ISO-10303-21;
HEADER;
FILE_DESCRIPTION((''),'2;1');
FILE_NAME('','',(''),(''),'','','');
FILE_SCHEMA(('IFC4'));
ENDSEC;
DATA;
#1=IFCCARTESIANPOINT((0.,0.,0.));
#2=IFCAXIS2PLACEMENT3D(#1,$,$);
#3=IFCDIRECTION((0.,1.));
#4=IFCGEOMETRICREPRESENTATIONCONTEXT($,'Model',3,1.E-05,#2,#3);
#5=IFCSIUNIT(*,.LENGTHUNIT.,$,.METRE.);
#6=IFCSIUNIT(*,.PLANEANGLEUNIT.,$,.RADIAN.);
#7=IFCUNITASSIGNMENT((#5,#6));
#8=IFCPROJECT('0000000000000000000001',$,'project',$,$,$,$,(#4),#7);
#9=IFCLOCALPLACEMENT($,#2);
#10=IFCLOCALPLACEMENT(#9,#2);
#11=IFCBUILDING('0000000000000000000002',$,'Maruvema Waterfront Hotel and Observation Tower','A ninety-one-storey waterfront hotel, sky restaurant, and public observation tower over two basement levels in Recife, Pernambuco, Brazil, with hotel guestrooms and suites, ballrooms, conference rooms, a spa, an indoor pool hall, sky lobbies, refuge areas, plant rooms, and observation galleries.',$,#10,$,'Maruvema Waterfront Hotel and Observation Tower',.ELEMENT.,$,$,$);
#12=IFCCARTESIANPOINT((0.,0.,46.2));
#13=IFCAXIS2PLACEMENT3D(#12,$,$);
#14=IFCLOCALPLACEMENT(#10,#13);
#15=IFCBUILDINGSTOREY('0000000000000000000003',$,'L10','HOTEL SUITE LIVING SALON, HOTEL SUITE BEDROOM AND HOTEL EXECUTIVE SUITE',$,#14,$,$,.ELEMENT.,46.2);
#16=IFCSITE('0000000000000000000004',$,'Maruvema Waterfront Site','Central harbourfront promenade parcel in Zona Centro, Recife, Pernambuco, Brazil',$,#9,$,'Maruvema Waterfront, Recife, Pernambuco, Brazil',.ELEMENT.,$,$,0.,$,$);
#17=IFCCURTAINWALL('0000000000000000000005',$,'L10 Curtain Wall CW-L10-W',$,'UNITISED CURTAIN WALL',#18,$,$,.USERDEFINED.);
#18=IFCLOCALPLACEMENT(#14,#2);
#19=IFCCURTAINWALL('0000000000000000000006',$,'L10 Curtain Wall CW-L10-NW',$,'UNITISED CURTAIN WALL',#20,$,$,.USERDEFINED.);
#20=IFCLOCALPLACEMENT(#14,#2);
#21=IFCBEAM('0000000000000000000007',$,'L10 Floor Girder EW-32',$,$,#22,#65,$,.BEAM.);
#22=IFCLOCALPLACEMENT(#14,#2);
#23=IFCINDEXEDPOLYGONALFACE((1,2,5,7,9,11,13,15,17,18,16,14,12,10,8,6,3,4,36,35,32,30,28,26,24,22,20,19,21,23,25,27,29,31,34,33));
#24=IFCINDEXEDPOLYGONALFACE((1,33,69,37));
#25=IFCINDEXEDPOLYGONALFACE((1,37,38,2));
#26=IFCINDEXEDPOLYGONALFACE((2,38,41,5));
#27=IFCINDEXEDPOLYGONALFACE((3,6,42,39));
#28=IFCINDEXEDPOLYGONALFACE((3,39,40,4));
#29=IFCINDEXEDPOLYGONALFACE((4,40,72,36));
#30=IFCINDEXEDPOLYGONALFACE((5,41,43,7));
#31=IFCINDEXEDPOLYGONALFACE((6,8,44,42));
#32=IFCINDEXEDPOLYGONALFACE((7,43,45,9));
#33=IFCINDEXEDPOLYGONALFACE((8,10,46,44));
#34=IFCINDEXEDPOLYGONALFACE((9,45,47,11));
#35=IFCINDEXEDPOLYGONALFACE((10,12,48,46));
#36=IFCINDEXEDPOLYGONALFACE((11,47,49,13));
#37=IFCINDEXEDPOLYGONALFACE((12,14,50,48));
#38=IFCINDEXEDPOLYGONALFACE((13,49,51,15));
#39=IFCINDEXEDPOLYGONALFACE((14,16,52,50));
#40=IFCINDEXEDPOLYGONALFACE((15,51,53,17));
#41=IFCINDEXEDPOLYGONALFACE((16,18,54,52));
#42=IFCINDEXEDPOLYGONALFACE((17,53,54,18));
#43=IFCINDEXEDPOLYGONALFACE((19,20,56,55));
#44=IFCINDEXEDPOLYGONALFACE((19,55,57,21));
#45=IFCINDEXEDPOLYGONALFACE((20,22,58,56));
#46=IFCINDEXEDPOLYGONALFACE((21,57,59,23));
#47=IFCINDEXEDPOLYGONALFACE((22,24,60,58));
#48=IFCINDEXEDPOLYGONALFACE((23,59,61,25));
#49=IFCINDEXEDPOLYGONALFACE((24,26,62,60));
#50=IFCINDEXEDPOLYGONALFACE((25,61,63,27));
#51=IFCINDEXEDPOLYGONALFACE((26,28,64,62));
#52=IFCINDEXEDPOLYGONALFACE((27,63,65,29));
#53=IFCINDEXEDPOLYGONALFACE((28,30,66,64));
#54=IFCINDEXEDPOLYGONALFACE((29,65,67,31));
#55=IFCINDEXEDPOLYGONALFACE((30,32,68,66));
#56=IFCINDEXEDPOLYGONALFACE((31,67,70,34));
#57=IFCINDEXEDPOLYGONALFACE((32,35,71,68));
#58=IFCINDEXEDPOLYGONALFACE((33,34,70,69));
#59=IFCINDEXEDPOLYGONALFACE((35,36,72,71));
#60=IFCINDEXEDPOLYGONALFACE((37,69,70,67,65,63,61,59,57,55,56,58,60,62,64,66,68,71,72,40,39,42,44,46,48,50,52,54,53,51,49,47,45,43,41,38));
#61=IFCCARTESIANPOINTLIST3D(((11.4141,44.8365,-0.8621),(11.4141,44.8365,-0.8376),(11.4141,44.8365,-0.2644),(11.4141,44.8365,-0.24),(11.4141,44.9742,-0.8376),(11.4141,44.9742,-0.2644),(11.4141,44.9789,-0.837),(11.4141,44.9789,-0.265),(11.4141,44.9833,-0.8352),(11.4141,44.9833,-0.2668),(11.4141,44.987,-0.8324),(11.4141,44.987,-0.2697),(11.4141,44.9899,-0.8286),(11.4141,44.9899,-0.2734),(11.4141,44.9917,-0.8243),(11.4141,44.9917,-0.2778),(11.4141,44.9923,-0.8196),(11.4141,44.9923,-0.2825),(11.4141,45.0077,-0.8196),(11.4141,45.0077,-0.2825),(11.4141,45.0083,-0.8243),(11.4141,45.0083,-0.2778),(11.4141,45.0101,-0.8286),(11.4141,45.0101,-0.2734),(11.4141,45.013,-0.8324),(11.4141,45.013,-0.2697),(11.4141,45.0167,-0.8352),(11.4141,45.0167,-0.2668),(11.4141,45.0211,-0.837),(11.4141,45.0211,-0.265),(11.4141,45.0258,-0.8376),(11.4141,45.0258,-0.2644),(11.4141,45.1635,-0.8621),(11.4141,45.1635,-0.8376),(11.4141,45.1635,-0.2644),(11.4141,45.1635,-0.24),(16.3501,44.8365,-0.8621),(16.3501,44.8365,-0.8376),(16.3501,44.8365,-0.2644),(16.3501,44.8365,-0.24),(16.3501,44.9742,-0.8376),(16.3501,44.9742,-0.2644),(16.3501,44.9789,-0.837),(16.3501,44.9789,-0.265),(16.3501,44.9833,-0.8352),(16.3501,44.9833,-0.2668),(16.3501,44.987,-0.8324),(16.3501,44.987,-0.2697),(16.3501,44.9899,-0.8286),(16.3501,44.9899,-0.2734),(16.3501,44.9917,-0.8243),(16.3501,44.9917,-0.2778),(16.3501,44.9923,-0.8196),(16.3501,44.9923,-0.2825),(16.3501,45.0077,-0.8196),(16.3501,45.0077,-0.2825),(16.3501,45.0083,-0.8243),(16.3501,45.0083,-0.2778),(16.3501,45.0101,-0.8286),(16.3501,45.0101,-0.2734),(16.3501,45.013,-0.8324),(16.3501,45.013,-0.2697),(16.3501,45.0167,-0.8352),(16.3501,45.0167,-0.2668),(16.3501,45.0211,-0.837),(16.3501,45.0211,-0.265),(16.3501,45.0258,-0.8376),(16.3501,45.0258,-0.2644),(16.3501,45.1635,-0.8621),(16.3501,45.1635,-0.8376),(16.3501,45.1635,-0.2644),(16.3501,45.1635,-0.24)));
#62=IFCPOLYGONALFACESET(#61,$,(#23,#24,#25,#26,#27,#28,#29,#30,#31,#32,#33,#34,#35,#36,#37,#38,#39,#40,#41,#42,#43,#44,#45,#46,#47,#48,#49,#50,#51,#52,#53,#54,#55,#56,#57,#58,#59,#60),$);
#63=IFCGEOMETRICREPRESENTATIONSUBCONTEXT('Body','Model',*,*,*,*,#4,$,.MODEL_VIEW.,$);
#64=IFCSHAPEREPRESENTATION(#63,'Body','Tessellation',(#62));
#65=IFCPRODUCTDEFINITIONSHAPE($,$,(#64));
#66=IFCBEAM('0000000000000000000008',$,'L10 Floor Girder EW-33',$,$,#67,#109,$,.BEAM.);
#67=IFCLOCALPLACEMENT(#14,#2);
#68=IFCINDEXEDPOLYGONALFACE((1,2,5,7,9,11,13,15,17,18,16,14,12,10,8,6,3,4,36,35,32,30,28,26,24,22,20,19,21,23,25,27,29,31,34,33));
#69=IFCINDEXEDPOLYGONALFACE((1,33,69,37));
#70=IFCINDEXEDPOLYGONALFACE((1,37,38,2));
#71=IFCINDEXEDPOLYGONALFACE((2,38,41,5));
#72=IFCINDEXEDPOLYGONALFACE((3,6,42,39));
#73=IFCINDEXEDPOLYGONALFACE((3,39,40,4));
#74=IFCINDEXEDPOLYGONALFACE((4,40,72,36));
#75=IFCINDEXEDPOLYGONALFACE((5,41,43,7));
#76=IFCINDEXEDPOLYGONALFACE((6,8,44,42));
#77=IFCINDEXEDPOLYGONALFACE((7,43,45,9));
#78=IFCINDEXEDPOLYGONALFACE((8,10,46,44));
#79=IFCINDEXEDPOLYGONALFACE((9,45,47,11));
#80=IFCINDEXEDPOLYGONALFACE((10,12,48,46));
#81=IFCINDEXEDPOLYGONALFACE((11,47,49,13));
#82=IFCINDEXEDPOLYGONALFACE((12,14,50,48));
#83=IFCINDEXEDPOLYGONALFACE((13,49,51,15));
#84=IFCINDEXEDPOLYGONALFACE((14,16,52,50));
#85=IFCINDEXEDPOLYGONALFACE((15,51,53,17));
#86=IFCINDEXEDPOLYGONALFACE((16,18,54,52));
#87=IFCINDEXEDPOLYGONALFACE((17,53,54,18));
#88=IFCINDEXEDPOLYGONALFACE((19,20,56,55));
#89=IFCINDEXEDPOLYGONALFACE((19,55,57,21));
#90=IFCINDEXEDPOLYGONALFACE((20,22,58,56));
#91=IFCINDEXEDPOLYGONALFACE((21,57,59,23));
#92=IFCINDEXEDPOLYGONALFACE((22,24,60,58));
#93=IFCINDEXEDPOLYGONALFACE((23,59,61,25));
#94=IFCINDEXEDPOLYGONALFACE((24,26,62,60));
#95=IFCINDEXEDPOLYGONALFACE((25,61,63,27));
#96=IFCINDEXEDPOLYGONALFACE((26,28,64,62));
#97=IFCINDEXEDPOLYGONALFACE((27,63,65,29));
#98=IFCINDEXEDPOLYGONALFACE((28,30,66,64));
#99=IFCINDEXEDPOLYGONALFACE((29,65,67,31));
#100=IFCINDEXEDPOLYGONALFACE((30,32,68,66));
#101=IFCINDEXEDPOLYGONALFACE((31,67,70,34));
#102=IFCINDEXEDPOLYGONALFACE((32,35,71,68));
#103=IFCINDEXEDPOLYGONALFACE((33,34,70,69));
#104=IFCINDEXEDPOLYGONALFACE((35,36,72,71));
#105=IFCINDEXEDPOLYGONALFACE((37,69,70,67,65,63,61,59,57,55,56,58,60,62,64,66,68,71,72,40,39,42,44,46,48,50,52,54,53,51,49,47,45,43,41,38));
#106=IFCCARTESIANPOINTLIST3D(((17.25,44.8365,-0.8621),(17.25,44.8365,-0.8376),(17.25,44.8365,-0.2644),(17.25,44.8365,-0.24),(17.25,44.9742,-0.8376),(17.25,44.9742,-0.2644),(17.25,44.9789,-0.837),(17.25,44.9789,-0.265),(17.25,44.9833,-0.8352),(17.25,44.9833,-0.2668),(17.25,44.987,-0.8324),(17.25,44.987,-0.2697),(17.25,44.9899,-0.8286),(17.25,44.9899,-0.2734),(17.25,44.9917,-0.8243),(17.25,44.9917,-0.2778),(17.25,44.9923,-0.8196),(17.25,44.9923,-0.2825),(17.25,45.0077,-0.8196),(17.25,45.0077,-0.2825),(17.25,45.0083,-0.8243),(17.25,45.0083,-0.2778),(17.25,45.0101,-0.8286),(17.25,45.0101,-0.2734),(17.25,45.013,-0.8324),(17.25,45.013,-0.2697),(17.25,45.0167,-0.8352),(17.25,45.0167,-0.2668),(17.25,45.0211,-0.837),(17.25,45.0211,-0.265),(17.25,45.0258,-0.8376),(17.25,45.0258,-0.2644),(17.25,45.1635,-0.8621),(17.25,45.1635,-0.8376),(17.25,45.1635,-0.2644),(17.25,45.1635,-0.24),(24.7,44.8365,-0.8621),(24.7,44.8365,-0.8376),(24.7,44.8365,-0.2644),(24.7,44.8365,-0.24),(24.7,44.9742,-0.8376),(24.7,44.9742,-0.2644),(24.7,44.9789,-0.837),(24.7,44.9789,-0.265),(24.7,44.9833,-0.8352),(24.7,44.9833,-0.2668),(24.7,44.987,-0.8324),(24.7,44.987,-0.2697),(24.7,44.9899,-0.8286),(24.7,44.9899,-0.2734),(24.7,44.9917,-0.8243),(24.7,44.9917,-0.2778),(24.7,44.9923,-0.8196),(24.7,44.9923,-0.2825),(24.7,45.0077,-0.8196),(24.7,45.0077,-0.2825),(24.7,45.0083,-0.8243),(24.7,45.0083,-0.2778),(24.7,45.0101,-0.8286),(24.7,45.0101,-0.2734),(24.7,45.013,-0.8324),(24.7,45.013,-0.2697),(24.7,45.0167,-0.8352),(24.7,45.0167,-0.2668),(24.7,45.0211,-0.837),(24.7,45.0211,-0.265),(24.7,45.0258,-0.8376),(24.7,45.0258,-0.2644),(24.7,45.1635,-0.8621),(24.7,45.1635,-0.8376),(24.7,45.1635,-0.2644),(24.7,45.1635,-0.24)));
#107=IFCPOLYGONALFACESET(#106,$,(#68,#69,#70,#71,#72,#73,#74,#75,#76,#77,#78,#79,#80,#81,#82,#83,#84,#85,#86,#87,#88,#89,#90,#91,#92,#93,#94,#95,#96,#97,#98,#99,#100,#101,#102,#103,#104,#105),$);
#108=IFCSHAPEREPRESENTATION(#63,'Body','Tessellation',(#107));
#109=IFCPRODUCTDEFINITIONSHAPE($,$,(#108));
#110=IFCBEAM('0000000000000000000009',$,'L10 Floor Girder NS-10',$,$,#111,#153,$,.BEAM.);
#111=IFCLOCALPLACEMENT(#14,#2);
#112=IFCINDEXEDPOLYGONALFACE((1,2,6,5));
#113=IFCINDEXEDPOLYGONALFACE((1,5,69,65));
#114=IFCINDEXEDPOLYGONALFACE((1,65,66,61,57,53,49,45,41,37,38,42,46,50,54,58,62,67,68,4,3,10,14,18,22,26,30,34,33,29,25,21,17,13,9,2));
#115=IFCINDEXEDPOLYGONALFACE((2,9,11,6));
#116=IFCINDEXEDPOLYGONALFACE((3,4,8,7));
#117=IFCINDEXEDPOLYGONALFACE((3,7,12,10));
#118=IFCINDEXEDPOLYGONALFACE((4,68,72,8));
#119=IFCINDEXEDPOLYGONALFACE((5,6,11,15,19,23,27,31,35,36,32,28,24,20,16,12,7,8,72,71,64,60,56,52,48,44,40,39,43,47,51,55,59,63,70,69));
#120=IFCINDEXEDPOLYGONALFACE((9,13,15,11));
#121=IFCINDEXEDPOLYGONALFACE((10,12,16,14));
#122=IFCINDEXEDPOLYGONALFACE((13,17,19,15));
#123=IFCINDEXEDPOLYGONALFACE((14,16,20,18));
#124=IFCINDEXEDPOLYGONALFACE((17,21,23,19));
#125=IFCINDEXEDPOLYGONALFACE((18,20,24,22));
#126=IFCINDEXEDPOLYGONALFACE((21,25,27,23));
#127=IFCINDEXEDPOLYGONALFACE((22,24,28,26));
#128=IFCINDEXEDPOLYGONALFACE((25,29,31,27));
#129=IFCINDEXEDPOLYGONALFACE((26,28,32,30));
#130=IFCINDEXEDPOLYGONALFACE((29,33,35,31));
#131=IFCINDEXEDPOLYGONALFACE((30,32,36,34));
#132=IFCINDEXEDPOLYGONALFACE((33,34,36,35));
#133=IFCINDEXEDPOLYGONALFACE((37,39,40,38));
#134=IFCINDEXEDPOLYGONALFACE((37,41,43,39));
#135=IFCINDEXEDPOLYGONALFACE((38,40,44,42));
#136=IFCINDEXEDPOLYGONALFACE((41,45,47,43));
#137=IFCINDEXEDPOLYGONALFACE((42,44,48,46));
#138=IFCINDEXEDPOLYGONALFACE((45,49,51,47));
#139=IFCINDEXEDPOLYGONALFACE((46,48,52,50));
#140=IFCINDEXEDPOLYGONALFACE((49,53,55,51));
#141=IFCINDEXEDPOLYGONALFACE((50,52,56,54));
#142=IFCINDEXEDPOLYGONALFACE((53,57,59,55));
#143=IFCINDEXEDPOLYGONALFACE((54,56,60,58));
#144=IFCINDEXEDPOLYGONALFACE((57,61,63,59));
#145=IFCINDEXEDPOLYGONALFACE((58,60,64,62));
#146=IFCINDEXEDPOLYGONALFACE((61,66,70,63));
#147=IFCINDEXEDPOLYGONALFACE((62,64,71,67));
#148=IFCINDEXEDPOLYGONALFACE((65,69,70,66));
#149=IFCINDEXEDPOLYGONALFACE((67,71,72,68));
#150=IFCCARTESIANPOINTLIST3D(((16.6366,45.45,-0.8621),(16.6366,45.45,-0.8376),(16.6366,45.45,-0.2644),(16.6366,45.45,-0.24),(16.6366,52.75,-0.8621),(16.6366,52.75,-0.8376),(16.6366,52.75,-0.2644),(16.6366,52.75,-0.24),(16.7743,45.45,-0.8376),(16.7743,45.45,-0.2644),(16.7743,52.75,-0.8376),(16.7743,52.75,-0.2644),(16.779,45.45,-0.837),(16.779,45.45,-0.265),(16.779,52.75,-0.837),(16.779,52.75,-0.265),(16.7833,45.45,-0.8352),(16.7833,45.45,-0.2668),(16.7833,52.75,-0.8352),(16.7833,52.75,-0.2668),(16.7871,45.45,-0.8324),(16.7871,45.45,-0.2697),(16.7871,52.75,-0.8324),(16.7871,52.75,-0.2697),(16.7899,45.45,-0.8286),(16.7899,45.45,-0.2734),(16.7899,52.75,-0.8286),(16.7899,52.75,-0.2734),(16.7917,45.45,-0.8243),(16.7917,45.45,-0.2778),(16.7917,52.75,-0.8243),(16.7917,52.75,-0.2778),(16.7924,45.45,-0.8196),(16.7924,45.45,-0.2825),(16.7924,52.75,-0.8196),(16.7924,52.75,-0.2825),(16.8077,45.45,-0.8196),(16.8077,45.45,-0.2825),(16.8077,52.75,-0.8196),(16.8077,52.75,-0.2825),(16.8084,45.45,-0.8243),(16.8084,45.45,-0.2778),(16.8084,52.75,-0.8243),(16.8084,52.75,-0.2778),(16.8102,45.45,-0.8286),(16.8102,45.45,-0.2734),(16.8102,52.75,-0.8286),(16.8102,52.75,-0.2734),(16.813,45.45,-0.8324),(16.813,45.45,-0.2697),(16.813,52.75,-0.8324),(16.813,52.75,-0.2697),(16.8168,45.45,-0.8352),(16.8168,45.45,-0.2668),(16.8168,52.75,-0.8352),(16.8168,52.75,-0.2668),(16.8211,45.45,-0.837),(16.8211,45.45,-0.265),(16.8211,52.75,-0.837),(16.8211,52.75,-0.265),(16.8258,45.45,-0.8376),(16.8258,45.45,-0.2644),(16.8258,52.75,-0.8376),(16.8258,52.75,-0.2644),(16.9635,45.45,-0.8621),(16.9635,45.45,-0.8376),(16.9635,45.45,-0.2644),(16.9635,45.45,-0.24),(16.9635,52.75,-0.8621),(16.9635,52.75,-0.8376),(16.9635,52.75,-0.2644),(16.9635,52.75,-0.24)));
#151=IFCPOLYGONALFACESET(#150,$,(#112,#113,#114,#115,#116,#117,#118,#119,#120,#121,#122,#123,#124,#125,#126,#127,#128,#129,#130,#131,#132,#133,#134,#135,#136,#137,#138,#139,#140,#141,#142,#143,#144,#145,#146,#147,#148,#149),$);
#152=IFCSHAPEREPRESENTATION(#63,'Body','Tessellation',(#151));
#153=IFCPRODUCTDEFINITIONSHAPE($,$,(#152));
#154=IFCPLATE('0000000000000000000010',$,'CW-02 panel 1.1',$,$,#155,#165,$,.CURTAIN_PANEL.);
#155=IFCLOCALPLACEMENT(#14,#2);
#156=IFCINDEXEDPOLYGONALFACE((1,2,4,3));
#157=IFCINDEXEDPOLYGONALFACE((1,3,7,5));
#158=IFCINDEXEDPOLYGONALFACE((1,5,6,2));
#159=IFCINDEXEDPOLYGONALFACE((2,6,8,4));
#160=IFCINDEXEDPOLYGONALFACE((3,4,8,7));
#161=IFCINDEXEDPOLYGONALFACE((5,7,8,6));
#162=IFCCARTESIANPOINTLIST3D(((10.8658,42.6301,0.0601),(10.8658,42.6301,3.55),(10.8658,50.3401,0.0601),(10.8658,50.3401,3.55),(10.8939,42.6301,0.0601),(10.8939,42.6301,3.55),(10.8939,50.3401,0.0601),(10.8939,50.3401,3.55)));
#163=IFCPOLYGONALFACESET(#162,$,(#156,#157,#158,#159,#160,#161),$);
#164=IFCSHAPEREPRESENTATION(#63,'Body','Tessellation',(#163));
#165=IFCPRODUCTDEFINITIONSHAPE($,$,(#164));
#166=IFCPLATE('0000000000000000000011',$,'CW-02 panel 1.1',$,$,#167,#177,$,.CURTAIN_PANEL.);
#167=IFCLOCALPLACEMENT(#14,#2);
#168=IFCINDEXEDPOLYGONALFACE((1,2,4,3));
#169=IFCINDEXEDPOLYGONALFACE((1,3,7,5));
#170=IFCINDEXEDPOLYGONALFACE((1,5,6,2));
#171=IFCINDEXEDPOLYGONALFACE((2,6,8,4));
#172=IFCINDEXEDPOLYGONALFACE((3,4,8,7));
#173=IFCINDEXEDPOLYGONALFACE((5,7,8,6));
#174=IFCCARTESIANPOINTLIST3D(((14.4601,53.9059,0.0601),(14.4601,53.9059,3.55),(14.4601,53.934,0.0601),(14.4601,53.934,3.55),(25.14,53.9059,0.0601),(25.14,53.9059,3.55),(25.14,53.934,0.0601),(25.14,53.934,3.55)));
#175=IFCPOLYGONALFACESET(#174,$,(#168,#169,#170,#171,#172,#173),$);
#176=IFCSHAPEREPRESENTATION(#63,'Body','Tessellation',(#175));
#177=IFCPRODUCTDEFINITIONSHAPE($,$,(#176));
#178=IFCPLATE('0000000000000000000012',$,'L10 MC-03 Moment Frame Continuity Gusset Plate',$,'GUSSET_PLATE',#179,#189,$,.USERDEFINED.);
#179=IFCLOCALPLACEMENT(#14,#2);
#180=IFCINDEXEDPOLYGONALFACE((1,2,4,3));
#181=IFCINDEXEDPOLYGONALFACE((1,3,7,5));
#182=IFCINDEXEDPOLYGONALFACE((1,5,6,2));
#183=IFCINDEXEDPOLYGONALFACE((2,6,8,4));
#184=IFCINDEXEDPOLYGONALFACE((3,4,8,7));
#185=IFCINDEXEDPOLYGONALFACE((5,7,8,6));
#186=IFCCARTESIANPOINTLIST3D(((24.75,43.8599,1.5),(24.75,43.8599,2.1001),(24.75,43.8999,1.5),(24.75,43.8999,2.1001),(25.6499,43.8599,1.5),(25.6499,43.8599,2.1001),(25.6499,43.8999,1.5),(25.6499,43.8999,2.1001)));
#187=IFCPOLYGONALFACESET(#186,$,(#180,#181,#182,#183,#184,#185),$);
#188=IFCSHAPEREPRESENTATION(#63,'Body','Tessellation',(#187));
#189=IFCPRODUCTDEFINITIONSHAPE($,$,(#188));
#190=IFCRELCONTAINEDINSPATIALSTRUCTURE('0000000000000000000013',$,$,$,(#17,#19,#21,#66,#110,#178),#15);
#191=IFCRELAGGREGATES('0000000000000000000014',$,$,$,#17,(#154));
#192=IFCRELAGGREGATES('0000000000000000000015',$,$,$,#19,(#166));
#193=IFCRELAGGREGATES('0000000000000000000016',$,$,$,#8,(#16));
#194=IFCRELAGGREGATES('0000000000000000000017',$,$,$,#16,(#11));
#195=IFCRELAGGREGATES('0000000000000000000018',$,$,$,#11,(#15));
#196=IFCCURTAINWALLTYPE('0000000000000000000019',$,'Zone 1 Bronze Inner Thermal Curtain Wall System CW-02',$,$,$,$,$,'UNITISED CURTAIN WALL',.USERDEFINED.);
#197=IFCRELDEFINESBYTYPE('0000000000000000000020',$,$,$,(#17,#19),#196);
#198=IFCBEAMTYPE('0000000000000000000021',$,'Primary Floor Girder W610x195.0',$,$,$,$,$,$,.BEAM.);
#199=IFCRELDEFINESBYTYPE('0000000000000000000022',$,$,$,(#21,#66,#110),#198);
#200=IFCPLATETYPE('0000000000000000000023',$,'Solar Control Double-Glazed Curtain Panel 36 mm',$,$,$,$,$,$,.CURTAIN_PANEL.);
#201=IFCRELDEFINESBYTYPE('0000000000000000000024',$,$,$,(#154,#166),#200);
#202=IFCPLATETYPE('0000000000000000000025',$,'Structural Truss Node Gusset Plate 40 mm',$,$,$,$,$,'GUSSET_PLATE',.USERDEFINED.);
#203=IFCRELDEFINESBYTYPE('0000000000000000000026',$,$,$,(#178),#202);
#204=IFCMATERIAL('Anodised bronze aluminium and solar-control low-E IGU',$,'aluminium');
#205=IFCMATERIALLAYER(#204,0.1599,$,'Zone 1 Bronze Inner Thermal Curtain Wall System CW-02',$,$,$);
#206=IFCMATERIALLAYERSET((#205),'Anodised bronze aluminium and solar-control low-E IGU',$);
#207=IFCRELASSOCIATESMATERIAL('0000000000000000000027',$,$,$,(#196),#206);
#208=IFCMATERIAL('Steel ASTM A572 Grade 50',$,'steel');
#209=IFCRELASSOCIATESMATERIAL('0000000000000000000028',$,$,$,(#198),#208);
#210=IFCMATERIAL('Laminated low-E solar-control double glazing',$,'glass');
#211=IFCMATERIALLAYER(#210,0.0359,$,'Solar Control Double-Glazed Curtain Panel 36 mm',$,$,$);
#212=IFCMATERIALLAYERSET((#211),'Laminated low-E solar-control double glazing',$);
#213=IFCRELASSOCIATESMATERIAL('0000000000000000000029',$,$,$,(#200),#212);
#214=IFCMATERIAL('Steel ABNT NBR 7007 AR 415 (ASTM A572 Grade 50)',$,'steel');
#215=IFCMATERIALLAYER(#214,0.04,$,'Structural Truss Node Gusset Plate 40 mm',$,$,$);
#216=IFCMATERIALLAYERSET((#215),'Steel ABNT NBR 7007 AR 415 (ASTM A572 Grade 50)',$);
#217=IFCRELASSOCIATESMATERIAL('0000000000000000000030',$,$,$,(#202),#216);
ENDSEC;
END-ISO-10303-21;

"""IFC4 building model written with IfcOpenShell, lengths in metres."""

from ifc_helpers import new_model, si_unit, direction, frame, origin, origin_2d, place, context, subcontext, project, spatial, rectangle, i_section, extrude, material, layer, layer_set, material_profile, profile_set, type_object, element, aggregate, save


model = new_model("IFC4")

# Units and contexts
model_context = context("Model", 3, precision=1e-05, world=origin(), true_north=direction((0.0, 1.0)))
body_context = subcontext(model_context, "Body", "Model", "MODEL_VIEW")
ifc_project = project(units=[si_unit("LENGTHUNIT", "METRE"), si_unit("PLANEANGLEUNIT", "RADIAN")], contexts=[model_context])

# Site, building, storey
site_placement = place(None, origin())
site = spatial("IfcSite", under=ifc_project, at=site_placement, Name="Maruvema Waterfront Site", Description="Central harbourfront promenade parcel in Zona Centro, Recife, Pernambuco, Brazil", LongName="Maruvema Waterfront, Recife, Pernambuco, Brazil", CompositionType="ELEMENT", RefElevation=0.0)
building_placement = place(site_placement, origin())
building = spatial("IfcBuilding", under=site, at=building_placement, Name="Maruvema Waterfront Hotel and Observation Tower", Description="A ninety-one-storey waterfront hotel, sky restaurant, and public observation tower over two basement levels in Recife, Pernambuco, Brazil, with hotel guestrooms and suites, ballrooms, conference rooms, a spa, an indoor pool hall, sky lobbies, refuge areas, plant rooms, and observation galleries.", LongName="Maruvema Waterfront Hotel and Observation Tower", CompositionType="ELEMENT")
storey_placement = place(building_placement, frame((0.0, 0.0, 46.2)))
storey = spatial("IfcBuildingStorey", under=building, at=storey_placement, Name="L10", Description="HOTEL SUITE LIVING SALON, HOTEL SUITE BEDROOM AND HOTEL EXECUTIVE SUITE", CompositionType="ELEMENT", Elevation=46.2)

# Curtain walls
ifc_material_1 = material(Name="Anodised bronze aluminium and solar-control low-E IGU", Category="aluminium")
ifc_layer_1 = layer(ifc_material_1, 0.1599, Name="Zone 1 Bronze Inner Thermal Curtain Wall System CW-02")
ifc_layer_set_1 = layer_set([ifc_layer_1], Name="Anodised bronze aluminium and solar-control low-E IGU")
curtain_wall_type = type_object("IfcCurtainWallType", Name="Zone 1 Bronze Inner Thermal Curtain Wall System CW-02", ElementType="UNITISED CURTAIN WALL", PredefinedType="USERDEFINED", material=ifc_layer_set_1)
curtain_wall_1_placement = place(storey_placement, origin())
curtain_wall_1 = element("IfcCurtainWall", 1, at=curtain_wall_1_placement, inside=storey, type_object=curtain_wall_type, Name="L10 Curtain Wall CW-L10-W", ObjectType="UNITISED CURTAIN WALL", PredefinedType="USERDEFINED")
curtain_wall_2_placement = place(storey_placement, origin())
curtain_wall_2 = element("IfcCurtainWall", 2, at=curtain_wall_2_placement, inside=storey, type_object=curtain_wall_type, Name="L10 Curtain Wall CW-L10-NW", ObjectType="UNITISED CURTAIN WALL", PredefinedType="USERDEFINED")

# Beams
ifc_material_2 = material(Name="Steel ASTM A572 Grade 50", Category="steel")
ifc_material_profile_1 = material_profile(ifc_material_2, i_section(OverallWidth=0.3269, OverallDepth=0.6221, WebThickness=0.0154, FlangeThickness=0.0244, FilletRadius=0.0181, at=origin_2d()), Name="W610x195.0")
ifc_profile_set_1 = profile_set([ifc_material_profile_1], Name="Steel ASTM A572 Grade 50")
beam_type = type_object("IfcBeamType", Name="Primary Floor Girder W610x195.0", PredefinedType="BEAM", material=ifc_profile_set_1)
beam_1_placement = place(storey_placement, frame((11.4141, 45.0, -0.551), z_axis=(1.0, 0.0, 0.0), x_axis=(0.0, 1.0, 0.0)))
element("IfcBeam", 3, at=beam_1_placement, inside=storey, type_object=beam_type, Name="L10 Floor Girder EW-32", PredefinedType="BEAM", context=body_context, shape_type="SweptSolid", body=[
    extrude(i_section(OverallWidth=0.3269, OverallDepth=0.6221, WebThickness=0.0154, FlangeThickness=0.0244, FilletRadius=0.0181, at=origin_2d()), origin(), (0.0, 0.0, 1.0), 4.936),
])
beam_2_placement = place(storey_placement, frame((17.25, 45.0, -0.551), z_axis=(1.0, 0.0, 0.0), x_axis=(0.0, 1.0, 0.0)))
element("IfcBeam", 4, at=beam_2_placement, inside=storey, type_object=beam_type, Name="L10 Floor Girder EW-33", PredefinedType="BEAM", context=body_context, shape_type="SweptSolid", body=[
    extrude(i_section(OverallWidth=0.3269, OverallDepth=0.6221, WebThickness=0.0154, FlangeThickness=0.0244, FilletRadius=0.0181, at=origin_2d()), origin(), (0.0, 0.0, 1.0), 7.45),
])
beam_3_placement = place(storey_placement, frame((16.8, 45.45, -0.551), z_axis=(0.0, 1.0, 0.0), x_axis=(-1.0, 0.0, 0.0)))
element("IfcBeam", 5, at=beam_3_placement, inside=storey, type_object=beam_type, Name="L10 Floor Girder NS-10", PredefinedType="BEAM", context=body_context, shape_type="SweptSolid", body=[
    extrude(i_section(OverallWidth=0.3269, OverallDepth=0.6221, WebThickness=0.0154, FlangeThickness=0.0244, FilletRadius=0.0181, at=origin_2d()), origin(), (0.0, 0.0, 1.0), 7.3),
])

# Plates
ifc_material_3 = material(Name="Laminated low-E solar-control double glazing", Category="glass")
ifc_layer_2 = layer(ifc_material_3, 0.0359, Name="Solar Control Double-Glazed Curtain Panel 36 mm")
ifc_layer_set_2 = layer_set([ifc_layer_2], Name="Laminated low-E solar-control double glazing")
plate_type_1 = type_object("IfcPlateType", Name="Solar Control Double-Glazed Curtain Panel 36 mm", PredefinedType="CURTAIN_PANEL", material=ifc_layer_set_2)
plate_1_placement = place(storey_placement, frame((10.8799, 46.4851, 0.0601), z_axis=(0.0, 0.0, 1.0), x_axis=(0.0, -1.0, 0.0)))
plate_1 = element("IfcPlate", 6, at=plate_1_placement, type_object=plate_type_1, Name="CW-02 panel 1.1", PredefinedType="CURTAIN_PANEL", context=body_context, shape_type="SweptSolid", body=[
    extrude(rectangle(XDim=7.71, YDim=0.0281, at=origin_2d()), origin(), (0.0, 0.0, 1.0), 3.49),
])
aggregate(curtain_wall_1, [plate_1])
plate_2_placement = place(storey_placement, frame((19.8, 53.9199, 0.0601), z_axis=(0.0, 0.0, 1.0), x_axis=(-1.0, 0.0, 0.0)))
plate_2 = element("IfcPlate", 7, at=plate_2_placement, type_object=plate_type_1, Name="CW-02 panel 1.1", PredefinedType="CURTAIN_PANEL", context=body_context, shape_type="SweptSolid", body=[
    extrude(rectangle(XDim=10.6799, YDim=0.0281, at=origin_2d()), origin(), (0.0, 0.0, 1.0), 3.49),
])
aggregate(curtain_wall_2, [plate_2])
ifc_material_4 = material(Name="Steel ABNT NBR 7007 AR 415 (ASTM A572 Grade 50)", Category="steel")
ifc_layer_3 = layer(ifc_material_4, 0.04, Name="Structural Truss Node Gusset Plate 40 mm")
ifc_layer_set_3 = layer_set([ifc_layer_3], Name="Steel ABNT NBR 7007 AR 415 (ASTM A572 Grade 50)")
plate_type_2 = type_object("IfcPlateType", Name="Structural Truss Node Gusset Plate 40 mm", ElementType="GUSSET_PLATE", PredefinedType="USERDEFINED", material=ifc_layer_set_3)
plate_3_placement = place(storey_placement, frame((25.2, 43.8799, 1.5), z_axis=(0.0, 0.0, 1.0), x_axis=(1.0, 0.0, 0.0)))
element("IfcPlate", 8, at=plate_3_placement, inside=storey, type_object=plate_type_2, Name="L10 MC-03 Moment Frame Continuity Gusset Plate", ObjectType="GUSSET_PLATE", PredefinedType="USERDEFINED", context=body_context, shape_type="SweptSolid", body=[
    extrude(rectangle(XDim=0.8999, YDim=0.04, at=origin_2d()), origin(), (0.0, 0.0, 1.0), 0.6001),
])

save(model, "model.ifc")
